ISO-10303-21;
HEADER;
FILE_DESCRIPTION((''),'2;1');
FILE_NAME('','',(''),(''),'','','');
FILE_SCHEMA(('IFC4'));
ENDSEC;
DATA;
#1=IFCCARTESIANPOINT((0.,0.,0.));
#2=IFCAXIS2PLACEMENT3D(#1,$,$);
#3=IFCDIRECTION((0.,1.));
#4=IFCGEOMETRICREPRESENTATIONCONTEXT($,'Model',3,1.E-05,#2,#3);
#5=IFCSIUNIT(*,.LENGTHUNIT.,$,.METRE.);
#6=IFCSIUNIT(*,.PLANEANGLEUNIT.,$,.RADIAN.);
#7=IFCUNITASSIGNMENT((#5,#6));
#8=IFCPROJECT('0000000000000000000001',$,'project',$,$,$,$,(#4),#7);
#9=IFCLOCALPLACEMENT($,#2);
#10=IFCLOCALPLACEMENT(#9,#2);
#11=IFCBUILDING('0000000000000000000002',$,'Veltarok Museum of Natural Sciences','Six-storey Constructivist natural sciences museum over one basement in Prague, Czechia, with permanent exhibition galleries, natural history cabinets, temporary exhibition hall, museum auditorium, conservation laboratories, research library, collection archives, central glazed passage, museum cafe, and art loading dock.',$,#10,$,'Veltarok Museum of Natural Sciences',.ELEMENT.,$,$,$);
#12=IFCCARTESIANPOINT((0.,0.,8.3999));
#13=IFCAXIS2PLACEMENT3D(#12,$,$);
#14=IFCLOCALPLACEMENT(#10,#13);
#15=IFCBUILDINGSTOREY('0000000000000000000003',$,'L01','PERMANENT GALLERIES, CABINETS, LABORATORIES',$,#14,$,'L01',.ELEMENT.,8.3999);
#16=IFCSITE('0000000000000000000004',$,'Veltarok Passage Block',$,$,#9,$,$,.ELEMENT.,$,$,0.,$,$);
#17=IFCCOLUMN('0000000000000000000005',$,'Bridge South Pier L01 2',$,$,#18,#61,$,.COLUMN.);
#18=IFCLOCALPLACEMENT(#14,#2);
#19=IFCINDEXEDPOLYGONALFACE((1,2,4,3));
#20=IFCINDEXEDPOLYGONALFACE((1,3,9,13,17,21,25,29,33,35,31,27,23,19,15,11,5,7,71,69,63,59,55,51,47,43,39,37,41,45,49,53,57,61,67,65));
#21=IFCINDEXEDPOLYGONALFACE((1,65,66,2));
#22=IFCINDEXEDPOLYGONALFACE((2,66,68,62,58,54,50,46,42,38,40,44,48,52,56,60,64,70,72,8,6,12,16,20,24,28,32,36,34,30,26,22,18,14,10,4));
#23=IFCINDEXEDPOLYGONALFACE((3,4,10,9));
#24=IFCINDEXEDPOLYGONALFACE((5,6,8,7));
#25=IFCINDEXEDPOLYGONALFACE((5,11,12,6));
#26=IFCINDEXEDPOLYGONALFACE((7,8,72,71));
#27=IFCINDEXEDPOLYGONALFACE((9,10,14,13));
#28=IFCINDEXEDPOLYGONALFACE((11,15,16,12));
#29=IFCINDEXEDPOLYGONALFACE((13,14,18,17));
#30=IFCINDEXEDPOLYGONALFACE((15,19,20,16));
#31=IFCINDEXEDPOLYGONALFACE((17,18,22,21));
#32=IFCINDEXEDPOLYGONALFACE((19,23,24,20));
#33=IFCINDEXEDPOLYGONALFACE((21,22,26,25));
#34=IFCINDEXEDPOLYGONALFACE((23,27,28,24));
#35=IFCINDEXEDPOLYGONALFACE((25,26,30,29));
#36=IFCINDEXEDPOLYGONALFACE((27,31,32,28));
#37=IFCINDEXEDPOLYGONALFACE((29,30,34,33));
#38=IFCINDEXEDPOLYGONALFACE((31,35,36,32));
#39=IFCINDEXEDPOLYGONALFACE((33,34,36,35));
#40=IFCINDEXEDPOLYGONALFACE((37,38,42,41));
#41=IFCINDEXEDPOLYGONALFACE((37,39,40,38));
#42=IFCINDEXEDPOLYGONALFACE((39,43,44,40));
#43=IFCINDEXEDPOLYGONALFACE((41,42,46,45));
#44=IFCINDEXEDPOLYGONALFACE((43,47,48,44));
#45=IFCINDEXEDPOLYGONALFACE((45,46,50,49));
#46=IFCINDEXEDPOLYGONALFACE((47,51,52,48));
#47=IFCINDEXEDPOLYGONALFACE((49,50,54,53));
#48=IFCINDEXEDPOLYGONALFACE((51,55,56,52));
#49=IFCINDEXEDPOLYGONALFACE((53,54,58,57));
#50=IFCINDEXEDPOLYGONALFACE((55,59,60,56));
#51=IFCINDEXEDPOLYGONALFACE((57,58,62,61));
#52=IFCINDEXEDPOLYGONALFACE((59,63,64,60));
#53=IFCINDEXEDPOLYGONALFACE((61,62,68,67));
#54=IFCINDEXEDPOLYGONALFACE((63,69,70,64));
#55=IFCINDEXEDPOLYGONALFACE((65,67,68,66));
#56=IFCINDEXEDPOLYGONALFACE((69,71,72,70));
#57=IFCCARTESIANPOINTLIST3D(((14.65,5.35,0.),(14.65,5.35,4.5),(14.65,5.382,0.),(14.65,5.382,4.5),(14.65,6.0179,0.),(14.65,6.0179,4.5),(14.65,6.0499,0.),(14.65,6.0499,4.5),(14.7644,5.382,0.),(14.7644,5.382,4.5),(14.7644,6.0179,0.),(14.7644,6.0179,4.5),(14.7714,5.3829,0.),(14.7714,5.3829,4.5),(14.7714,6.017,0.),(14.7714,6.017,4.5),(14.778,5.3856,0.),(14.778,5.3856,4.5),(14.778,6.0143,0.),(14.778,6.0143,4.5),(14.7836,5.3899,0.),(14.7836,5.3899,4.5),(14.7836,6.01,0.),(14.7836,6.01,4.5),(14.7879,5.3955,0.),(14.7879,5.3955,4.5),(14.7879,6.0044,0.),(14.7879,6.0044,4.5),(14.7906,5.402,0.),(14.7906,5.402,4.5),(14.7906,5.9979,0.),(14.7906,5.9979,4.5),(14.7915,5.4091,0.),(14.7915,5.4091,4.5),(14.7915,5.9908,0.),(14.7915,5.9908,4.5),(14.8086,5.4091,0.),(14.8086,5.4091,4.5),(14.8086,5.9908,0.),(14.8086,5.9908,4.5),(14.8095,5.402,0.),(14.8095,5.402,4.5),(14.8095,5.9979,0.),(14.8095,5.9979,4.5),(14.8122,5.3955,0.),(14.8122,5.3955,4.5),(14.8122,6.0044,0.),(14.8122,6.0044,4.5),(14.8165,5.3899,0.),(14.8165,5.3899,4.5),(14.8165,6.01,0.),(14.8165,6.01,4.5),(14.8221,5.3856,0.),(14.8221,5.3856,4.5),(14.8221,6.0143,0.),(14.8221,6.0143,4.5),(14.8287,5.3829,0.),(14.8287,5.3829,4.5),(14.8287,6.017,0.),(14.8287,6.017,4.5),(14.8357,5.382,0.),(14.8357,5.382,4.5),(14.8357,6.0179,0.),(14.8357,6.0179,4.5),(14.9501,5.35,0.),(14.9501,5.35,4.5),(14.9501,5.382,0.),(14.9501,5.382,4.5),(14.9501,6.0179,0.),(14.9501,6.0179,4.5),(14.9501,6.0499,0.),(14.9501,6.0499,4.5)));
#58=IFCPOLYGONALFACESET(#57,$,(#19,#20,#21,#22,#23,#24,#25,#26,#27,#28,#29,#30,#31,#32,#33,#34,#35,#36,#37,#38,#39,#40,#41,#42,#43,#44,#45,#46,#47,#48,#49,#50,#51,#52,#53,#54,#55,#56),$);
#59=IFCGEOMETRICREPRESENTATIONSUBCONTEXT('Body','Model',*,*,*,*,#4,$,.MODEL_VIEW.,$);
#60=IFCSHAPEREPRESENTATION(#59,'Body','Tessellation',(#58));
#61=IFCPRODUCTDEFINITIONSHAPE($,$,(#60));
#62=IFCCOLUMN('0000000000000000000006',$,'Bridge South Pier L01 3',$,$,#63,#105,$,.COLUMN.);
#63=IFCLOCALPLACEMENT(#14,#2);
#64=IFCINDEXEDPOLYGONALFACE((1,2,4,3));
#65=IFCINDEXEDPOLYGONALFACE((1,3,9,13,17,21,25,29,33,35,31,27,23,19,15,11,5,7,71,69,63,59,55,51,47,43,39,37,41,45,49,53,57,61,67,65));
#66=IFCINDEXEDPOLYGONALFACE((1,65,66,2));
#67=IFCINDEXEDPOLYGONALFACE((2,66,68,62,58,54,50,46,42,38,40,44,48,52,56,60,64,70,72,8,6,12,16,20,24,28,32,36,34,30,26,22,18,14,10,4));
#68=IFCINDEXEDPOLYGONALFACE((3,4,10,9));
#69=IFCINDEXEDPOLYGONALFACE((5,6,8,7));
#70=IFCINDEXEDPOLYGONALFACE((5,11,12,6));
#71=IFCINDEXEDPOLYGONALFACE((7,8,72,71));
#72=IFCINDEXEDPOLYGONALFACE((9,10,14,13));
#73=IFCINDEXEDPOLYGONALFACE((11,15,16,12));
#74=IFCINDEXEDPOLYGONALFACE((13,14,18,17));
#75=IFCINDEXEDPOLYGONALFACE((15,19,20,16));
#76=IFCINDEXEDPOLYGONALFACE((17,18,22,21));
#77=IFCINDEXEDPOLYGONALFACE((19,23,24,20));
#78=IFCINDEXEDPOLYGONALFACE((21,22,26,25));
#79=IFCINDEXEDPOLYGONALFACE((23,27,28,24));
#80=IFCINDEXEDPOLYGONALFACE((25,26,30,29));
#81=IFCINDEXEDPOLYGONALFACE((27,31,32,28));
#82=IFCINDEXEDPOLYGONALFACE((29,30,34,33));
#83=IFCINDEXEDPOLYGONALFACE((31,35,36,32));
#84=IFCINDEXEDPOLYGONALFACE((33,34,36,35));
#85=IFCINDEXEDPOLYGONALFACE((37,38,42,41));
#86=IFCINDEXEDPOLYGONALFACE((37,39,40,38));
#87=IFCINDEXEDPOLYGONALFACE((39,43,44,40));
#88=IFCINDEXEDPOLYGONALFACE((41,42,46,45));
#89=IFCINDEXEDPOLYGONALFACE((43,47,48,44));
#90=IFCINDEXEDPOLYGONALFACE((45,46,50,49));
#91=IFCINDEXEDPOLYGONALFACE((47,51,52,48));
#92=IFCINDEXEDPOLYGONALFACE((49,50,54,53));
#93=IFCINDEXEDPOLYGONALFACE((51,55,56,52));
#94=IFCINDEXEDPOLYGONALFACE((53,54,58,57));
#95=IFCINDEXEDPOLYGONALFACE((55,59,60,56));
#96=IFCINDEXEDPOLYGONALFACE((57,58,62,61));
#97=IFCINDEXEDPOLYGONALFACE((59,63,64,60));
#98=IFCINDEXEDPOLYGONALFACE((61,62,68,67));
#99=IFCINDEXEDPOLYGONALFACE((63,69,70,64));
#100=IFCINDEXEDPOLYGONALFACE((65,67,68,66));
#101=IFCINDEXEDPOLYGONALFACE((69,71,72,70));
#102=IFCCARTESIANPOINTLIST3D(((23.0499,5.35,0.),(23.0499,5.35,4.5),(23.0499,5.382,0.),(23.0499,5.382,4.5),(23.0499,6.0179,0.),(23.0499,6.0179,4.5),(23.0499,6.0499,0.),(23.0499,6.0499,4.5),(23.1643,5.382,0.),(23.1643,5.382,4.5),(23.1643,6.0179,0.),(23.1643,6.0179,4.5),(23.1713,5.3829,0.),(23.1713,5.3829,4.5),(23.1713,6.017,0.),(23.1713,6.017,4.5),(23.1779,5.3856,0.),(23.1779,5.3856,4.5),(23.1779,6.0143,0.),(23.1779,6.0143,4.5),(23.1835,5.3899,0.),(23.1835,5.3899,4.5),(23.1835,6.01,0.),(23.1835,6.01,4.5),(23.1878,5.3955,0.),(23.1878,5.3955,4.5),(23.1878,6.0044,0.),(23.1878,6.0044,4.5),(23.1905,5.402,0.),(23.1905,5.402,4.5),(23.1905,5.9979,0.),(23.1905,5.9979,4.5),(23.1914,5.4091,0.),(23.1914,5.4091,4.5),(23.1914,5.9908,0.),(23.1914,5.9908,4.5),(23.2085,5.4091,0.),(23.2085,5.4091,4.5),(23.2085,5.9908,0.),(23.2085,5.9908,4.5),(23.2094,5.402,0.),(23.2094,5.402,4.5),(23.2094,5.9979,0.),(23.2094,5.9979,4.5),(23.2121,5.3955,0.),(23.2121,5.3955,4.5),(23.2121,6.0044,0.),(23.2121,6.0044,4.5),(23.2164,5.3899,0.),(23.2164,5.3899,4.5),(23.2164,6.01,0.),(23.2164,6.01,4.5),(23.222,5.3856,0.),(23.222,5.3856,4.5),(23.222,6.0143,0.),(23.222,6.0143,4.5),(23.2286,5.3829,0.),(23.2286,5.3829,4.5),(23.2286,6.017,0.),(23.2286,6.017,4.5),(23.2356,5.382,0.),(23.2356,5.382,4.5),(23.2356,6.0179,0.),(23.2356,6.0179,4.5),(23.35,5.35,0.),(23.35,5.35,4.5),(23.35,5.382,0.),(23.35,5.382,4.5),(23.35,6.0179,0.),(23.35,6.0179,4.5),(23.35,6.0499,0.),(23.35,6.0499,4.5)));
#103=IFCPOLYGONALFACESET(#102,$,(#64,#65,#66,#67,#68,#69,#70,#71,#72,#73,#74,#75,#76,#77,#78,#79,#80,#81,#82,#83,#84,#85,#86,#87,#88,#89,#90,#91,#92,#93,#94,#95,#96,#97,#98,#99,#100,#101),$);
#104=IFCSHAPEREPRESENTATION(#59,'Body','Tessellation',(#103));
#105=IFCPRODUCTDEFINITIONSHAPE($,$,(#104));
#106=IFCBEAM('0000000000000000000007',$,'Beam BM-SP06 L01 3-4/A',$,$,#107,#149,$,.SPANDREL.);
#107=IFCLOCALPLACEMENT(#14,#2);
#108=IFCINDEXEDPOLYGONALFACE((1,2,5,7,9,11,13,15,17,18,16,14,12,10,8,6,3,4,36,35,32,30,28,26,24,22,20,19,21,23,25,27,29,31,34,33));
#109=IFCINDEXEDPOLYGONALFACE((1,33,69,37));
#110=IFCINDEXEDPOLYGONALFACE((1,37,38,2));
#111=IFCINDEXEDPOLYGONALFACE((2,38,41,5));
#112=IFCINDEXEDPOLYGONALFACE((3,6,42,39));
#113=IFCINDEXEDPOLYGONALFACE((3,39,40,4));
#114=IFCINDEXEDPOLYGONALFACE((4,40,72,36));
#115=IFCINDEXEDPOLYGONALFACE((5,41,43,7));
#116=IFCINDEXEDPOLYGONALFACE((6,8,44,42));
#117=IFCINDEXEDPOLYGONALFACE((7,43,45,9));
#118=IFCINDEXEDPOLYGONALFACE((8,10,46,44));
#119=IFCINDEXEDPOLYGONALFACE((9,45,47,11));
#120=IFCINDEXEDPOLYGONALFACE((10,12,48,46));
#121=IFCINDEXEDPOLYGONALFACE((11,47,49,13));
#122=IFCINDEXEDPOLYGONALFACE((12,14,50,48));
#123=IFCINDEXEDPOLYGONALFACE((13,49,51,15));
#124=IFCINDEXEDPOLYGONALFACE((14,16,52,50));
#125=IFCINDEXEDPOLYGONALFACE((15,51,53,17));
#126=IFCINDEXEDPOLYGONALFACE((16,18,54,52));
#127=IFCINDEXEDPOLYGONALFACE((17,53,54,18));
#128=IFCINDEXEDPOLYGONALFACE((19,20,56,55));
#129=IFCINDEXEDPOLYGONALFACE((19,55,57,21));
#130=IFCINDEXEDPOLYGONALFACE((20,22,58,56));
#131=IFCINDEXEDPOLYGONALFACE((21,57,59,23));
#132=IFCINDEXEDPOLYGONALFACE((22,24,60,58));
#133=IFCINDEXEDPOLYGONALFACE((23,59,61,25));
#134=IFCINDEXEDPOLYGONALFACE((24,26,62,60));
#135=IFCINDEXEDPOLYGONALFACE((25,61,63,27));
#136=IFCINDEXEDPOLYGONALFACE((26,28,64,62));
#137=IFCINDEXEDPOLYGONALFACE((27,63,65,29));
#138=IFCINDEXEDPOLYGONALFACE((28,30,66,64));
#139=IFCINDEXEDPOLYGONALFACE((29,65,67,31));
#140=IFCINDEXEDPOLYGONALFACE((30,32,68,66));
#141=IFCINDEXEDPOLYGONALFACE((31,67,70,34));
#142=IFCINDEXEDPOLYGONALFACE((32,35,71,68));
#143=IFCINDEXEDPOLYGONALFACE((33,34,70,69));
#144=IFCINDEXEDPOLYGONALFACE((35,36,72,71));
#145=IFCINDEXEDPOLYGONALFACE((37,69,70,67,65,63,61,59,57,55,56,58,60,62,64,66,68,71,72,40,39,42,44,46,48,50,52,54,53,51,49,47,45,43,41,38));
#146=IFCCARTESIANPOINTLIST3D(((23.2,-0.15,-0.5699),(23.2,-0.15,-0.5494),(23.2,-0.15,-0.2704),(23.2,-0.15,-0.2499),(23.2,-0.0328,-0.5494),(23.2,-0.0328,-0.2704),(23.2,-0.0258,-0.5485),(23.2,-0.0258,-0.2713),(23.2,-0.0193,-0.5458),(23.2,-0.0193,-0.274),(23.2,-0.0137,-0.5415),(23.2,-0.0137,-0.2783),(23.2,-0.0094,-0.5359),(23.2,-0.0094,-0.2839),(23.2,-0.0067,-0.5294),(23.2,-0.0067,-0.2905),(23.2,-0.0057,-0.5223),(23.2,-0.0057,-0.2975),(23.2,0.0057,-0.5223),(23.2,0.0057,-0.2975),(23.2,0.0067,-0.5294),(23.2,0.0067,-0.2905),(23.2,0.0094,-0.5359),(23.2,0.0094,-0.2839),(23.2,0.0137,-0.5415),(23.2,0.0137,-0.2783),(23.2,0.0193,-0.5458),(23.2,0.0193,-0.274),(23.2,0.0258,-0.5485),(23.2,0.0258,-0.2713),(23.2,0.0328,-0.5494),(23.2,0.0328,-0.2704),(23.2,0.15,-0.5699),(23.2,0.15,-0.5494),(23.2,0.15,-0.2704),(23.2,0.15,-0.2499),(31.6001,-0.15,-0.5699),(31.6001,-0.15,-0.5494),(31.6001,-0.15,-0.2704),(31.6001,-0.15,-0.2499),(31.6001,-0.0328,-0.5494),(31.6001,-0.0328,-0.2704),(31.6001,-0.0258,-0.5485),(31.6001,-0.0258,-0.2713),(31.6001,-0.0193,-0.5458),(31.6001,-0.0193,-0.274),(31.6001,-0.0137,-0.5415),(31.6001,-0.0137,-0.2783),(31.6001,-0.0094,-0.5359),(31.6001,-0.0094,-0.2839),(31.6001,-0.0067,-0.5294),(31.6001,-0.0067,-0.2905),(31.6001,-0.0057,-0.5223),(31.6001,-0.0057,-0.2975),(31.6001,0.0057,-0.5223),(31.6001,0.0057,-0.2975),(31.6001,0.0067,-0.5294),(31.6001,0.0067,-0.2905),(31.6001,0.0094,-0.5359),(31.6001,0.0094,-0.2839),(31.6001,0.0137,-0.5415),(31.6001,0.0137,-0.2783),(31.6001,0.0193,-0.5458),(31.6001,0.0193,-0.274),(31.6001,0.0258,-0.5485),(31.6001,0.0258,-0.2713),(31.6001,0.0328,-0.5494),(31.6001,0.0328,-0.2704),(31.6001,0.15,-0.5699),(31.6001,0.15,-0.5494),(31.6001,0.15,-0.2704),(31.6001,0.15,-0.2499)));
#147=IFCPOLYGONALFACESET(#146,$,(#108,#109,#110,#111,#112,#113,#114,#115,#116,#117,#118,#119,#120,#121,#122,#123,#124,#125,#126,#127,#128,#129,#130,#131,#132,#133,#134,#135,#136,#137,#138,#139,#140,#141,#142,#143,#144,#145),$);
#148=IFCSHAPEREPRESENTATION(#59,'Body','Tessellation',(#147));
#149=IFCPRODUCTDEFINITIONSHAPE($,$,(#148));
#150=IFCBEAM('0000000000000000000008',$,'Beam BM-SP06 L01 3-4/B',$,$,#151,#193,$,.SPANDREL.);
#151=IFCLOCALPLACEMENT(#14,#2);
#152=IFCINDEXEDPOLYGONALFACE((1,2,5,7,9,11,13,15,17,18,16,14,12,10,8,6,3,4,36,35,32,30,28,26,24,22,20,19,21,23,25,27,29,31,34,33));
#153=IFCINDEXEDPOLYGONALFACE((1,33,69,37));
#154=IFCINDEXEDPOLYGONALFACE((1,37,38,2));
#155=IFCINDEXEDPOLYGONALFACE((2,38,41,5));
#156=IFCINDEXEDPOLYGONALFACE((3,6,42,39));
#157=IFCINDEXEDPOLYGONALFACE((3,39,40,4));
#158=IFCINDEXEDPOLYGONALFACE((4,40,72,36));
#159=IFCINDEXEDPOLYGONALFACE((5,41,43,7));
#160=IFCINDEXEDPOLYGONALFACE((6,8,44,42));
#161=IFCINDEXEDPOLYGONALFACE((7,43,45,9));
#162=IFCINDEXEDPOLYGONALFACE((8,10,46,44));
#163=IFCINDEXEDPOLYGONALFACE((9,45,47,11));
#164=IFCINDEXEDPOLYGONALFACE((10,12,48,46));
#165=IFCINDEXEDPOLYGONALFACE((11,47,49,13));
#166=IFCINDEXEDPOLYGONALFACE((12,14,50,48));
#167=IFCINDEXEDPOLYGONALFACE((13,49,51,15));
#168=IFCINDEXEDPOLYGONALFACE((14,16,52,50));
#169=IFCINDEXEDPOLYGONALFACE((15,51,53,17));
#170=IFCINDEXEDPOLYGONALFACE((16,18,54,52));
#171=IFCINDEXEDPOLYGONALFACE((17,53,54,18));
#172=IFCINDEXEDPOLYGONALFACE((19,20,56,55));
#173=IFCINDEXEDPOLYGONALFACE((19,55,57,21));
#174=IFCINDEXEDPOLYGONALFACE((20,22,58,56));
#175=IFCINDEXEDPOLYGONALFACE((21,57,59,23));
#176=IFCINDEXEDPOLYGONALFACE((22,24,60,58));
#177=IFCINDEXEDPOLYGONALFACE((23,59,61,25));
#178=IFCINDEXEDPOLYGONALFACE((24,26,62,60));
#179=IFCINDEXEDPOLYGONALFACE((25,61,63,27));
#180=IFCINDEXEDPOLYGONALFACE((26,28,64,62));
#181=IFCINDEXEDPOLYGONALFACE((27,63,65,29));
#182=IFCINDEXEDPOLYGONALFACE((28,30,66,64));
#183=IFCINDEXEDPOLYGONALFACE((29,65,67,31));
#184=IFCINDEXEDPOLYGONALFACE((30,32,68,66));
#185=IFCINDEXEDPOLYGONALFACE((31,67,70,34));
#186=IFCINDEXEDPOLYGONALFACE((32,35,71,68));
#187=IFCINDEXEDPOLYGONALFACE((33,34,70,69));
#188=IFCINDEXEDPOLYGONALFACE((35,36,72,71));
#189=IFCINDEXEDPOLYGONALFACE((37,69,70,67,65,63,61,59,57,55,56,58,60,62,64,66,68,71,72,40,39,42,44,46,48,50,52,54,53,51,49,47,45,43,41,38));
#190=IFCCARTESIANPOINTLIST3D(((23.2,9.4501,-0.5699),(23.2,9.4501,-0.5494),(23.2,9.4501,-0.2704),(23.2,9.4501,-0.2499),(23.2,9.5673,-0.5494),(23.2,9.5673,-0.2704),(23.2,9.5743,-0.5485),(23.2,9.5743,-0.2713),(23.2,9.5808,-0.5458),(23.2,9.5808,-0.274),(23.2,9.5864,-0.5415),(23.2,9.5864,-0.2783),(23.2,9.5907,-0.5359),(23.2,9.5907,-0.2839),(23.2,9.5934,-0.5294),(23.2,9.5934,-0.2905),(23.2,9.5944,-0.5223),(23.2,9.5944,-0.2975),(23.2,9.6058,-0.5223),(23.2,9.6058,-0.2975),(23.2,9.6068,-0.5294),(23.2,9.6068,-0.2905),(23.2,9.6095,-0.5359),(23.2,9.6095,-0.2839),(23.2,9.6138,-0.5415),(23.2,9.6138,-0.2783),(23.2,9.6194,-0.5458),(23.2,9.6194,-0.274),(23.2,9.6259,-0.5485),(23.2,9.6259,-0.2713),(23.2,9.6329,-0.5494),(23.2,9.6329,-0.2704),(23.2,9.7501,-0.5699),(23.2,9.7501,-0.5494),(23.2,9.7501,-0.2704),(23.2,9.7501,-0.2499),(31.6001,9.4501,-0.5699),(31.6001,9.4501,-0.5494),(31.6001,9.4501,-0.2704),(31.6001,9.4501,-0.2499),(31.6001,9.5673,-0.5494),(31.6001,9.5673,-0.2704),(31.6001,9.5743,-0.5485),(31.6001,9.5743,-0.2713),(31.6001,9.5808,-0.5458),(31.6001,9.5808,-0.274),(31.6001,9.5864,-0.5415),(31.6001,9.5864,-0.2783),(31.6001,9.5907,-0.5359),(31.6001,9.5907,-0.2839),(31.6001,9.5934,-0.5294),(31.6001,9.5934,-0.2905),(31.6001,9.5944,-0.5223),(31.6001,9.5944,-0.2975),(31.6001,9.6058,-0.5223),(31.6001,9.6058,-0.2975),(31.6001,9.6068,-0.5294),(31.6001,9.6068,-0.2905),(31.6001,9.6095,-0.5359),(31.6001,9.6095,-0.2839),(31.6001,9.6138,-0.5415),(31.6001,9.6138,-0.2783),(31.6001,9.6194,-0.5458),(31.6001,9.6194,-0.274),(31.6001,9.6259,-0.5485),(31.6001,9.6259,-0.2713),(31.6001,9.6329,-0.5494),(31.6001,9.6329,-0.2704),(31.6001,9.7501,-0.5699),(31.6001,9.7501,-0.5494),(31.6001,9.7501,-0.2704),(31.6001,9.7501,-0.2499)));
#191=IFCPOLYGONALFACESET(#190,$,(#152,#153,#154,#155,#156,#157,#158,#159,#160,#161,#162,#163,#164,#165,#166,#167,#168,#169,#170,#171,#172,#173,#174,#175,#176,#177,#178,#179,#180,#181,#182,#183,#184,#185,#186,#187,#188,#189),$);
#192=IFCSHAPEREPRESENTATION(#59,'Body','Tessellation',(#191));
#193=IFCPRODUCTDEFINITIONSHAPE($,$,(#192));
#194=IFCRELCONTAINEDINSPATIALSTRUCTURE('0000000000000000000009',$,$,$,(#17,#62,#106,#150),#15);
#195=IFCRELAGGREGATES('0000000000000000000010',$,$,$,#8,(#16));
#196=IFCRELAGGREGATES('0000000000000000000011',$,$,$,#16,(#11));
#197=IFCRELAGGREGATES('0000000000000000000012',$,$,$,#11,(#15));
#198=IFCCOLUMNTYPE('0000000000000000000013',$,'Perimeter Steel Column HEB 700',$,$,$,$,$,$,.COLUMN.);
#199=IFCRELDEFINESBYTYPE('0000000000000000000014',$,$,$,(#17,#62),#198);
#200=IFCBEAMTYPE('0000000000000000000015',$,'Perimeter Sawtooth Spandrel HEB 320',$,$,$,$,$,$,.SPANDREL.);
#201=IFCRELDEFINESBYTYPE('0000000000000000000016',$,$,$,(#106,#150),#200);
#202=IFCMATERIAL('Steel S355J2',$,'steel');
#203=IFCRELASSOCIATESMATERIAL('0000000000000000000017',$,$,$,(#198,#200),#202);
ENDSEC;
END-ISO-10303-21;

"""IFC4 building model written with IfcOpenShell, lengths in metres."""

from ifc_helpers import new_model, si_unit, direction, frame, origin, origin_2d, place, context, subcontext, project, spatial, i_section, extrude, material, material_profile, profile_set, type_object, element, save


model = new_model("IFC4")

# Units and contexts
model_context = context("Model", 3, precision=1e-05, world=origin(), true_north=direction((0.0, 1.0)))
body_context = subcontext(model_context, "Body", "Model", "MODEL_VIEW")
ifc_project = project(units=[si_unit("LENGTHUNIT", "METRE"), si_unit("PLANEANGLEUNIT", "RADIAN")], contexts=[model_context])

# Site, building, storey
site_placement = place(None, origin())
site = spatial("IfcSite", under=ifc_project, at=site_placement, Name="Veltarok Passage Block", CompositionType="ELEMENT", RefElevation=0.0)
building_placement = place(site_placement, origin())
building = spatial("IfcBuilding", under=site, at=building_placement, Name="Veltarok Museum of Natural Sciences", Description="Six-storey Constructivist natural sciences museum over one basement in Prague, Czechia, with permanent exhibition galleries, natural history cabinets, temporary exhibition hall, museum auditorium, conservation laboratories, research library, collection archives, central glazed passage, museum cafe, and art loading dock.", LongName="Veltarok Museum of Natural Sciences", CompositionType="ELEMENT")
storey_placement = place(building_placement, frame((0.0, 0.0, 8.3999)))
storey = spatial("IfcBuildingStorey", under=building, at=storey_placement, Name="L01", Description="PERMANENT GALLERIES, CABINETS, LABORATORIES", LongName="L01", CompositionType="ELEMENT", Elevation=8.3999)

# Columns
ifc_material_1 = material(Name="Steel S355J2", Category="steel")
ifc_material_profile_1 = material_profile(ifc_material_1, i_section(OverallWidth=0.3, OverallDepth=0.7, WebThickness=0.0171, FlangeThickness=0.032, FilletRadius=0.0271, at=origin_2d()), Name="HEB 700")
ifc_profile_set_1 = profile_set([ifc_material_profile_1], Name="Steel S355J2")
column_type = type_object("IfcColumnType", Name="Perimeter Steel Column HEB 700", PredefinedType="COLUMN", material=ifc_profile_set_1)
for number, where, z_axis, x_axis, name in (
    (1, (14.8, 5.7, 0.0), (0.0, 0.0, 1.0), (1.0, 0.0, 0.0), "Bridge South Pier L01 2"),
    (2, (23.2, 5.7, 0.0), (0.0, 0.0, 1.0), (1.0, 0.0, 0.0), "Bridge South Pier L01 3"),
):
    element("IfcColumn", number, at=place(storey_placement, frame(where, z_axis=z_axis, x_axis=x_axis)), inside=storey, type_object=column_type, Name=name, PredefinedType="COLUMN", context=body_context, shape_type="SweptSolid", body=[
        extrude(i_section(OverallWidth=0.3, OverallDepth=0.7, WebThickness=0.0171, FlangeThickness=0.032, FilletRadius=0.0271, at=origin_2d()), origin(), (0.0, 0.0, 1.0), 4.5),
    ])

# Beams
ifc_material_profile_2 = material_profile(ifc_material_1, i_section(OverallWidth=0.3, OverallDepth=0.3201, WebThickness=0.0115, FlangeThickness=0.0205, FilletRadius=0.0271, at=origin_2d()), Name="HEB 320")
ifc_profile_set_2 = profile_set([ifc_material_profile_2], Name="Steel S355J2")
beam_type = type_object("IfcBeamType", Name="Perimeter Sawtooth Spandrel HEB 320", PredefinedType="SPANDREL", material=ifc_profile_set_2)
for number, where, z_axis, x_axis, name in (
    (3, (23.2, 0.0, -0.4099), (1.0, 0.0, 0.0), (0.0, 1.0, 0.0), "Beam BM-SP06 L01 3-4/A"),
    (4, (23.2, 9.6001, -0.4099), (1.0, 0.0, 0.0), (0.0, 1.0, 0.0), "Beam BM-SP06 L01 3-4/B"),
):
    element("IfcBeam", number, at=place(storey_placement, frame(where, z_axis=z_axis, x_axis=x_axis)), inside=storey, type_object=beam_type, Name=name, PredefinedType="SPANDREL", context=body_context, shape_type="SweptSolid", body=[
        extrude(i_section(OverallWidth=0.3, OverallDepth=0.3201, WebThickness=0.0115, FlangeThickness=0.0205, FilletRadius=0.0271, at=origin_2d()), origin(), (0.0, 0.0, 1.0), 8.4001),
    ])

save(model, "model.ifc")
